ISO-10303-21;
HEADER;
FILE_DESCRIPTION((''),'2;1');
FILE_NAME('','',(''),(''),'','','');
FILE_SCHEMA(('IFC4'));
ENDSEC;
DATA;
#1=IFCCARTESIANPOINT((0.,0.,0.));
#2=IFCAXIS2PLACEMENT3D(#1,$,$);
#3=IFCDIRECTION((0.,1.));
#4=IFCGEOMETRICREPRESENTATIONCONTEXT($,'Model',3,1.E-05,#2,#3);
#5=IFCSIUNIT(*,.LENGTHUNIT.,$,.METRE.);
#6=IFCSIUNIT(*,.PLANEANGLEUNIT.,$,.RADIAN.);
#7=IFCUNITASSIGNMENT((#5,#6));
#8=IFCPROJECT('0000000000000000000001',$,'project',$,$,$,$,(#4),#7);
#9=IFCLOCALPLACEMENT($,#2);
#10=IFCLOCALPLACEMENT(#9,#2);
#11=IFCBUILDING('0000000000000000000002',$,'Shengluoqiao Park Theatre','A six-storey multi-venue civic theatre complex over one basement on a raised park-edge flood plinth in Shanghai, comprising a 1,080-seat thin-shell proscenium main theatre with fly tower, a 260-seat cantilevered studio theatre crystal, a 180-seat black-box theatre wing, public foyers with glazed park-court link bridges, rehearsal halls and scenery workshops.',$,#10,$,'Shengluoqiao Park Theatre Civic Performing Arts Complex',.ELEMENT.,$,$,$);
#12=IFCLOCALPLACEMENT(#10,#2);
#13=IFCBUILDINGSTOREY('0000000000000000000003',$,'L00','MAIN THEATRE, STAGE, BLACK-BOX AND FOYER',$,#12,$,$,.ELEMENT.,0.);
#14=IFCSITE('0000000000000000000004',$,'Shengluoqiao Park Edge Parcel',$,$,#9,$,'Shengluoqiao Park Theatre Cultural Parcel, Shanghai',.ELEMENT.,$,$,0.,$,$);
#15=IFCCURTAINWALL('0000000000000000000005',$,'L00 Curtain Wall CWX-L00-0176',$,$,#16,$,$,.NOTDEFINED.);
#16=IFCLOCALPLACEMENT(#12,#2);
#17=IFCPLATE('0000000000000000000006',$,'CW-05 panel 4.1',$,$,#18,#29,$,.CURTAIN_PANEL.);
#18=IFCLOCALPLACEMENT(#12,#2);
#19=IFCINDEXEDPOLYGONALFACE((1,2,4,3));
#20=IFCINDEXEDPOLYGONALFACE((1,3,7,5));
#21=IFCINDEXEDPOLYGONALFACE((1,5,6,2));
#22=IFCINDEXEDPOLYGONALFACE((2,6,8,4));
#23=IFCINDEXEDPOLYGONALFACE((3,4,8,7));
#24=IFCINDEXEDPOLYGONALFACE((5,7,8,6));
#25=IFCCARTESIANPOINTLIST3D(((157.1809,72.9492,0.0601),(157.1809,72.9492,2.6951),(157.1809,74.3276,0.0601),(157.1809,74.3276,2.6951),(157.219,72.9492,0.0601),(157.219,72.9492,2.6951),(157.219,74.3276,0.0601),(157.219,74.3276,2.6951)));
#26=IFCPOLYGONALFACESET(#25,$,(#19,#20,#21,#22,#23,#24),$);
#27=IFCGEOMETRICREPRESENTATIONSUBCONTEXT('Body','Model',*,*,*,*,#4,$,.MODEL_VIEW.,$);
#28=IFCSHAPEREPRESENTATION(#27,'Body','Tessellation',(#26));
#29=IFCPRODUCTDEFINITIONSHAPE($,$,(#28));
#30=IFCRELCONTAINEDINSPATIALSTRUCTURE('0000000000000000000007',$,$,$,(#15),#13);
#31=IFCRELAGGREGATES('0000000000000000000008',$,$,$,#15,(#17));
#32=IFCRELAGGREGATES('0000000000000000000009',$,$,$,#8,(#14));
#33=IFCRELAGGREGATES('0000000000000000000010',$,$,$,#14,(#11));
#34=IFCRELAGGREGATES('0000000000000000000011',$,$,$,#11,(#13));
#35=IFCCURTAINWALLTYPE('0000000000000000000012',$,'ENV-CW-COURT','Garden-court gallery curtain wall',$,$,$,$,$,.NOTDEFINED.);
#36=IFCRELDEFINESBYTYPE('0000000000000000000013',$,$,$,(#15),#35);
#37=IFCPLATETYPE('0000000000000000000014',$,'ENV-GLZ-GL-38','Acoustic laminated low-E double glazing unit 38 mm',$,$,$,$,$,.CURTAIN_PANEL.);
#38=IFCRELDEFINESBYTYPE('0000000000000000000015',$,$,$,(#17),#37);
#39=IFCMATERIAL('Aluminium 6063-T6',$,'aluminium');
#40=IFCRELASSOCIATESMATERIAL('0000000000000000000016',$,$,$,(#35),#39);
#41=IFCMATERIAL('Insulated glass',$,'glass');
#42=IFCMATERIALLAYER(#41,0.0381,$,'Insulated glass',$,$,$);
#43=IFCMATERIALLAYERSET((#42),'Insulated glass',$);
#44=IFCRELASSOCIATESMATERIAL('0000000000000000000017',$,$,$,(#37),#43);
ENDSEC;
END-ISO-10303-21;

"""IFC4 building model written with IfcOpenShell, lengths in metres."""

from ifc_helpers import new_model, si_unit, direction, frame, origin, origin_2d, place, context, subcontext, project, spatial, rectangle, extrude, material, layer, layer_set, type_object, element, aggregate, save


model = new_model("IFC4")

# Units and contexts
model_context = context("Model", 3, precision=1e-05, world=origin(), true_north=direction((0.0, 1.0)))
body_context = subcontext(model_context, "Body", "Model", "MODEL_VIEW")
ifc_project = project(units=[si_unit("LENGTHUNIT", "METRE"), si_unit("PLANEANGLEUNIT", "RADIAN")], contexts=[model_context])

# Site, building, storey
site_placement = place(None, origin())
site = spatial("IfcSite", under=ifc_project, at=site_placement, Name="Shengluoqiao Park Edge Parcel", LongName="Shengluoqiao Park Theatre Cultural Parcel, Shanghai", CompositionType="ELEMENT", RefElevation=0.0)
building_placement = place(site_placement, origin())
building = spatial("IfcBuilding", under=site, at=building_placement, Name="Shengluoqiao Park Theatre", Description="A six-storey multi-venue civic theatre complex over one basement on a raised park-edge flood plinth in Shanghai, comprising a 1,080-seat thin-shell proscenium main theatre with fly tower, a 260-seat cantilevered studio theatre crystal, a 180-seat black-box theatre wing, public foyers with glazed park-court link bridges, rehearsal halls and scenery workshops.", LongName="Shengluoqiao Park Theatre Civic Performing Arts Complex", CompositionType="ELEMENT")
storey_placement = place(building_placement, origin())
storey = spatial("IfcBuildingStorey", under=building, at=storey_placement, Name="L00", Description="MAIN THEATRE, STAGE, BLACK-BOX AND FOYER", CompositionType="ELEMENT", Elevation=0.0)

# Curtain wall, plate
ifc_material_1 = material(Name="Aluminium 6063-T6", Category="aluminium")
curtain_wall_type = type_object("IfcCurtainWallType", Name="ENV-CW-COURT", Description="Garden-court gallery curtain wall", PredefinedType="NOTDEFINED", material=ifc_material_1)
curtain_wall_placement = place(storey_placement, origin())
curtain_wall = element("IfcCurtainWall", 1, at=curtain_wall_placement, inside=storey, type_object=curtain_wall_type, Name="L00 Curtain Wall CWX-L00-0176", PredefinedType="NOTDEFINED")
ifc_material_2 = material(Name="Insulated glass", Category="glass")
ifc_layer = layer(ifc_material_2, 0.0381, Name="Insulated glass")
ifc_layer_set = layer_set([ifc_layer], Name="Insulated glass")
plate_type = type_object("IfcPlateType", Name="ENV-GLZ-GL-38", Description="Acoustic laminated low-E double glazing unit 38 mm", PredefinedType="CURTAIN_PANEL", material=ifc_layer_set)
plate_1_placement = place(storey_placement, frame((157.2, 73.6384, 0.0601), z_axis=(0.0, 0.0, 1.0), x_axis=(0.0, 1.0, 0.0)))
plate_1 = element("IfcPlate", 2, at=plate_1_placement, type_object=plate_type, Name="CW-05 panel 4.1", PredefinedType="CURTAIN_PANEL", context=body_context, shape_type="SweptSolid", body=[
    extrude(rectangle(XDim=1.3784, YDim=0.0381, at=origin_2d()), origin(), (0.0, 0.0, 1.0), 2.635),
])
aggregate(curtain_wall, [plate_1])

save(model, "model.ifc")
